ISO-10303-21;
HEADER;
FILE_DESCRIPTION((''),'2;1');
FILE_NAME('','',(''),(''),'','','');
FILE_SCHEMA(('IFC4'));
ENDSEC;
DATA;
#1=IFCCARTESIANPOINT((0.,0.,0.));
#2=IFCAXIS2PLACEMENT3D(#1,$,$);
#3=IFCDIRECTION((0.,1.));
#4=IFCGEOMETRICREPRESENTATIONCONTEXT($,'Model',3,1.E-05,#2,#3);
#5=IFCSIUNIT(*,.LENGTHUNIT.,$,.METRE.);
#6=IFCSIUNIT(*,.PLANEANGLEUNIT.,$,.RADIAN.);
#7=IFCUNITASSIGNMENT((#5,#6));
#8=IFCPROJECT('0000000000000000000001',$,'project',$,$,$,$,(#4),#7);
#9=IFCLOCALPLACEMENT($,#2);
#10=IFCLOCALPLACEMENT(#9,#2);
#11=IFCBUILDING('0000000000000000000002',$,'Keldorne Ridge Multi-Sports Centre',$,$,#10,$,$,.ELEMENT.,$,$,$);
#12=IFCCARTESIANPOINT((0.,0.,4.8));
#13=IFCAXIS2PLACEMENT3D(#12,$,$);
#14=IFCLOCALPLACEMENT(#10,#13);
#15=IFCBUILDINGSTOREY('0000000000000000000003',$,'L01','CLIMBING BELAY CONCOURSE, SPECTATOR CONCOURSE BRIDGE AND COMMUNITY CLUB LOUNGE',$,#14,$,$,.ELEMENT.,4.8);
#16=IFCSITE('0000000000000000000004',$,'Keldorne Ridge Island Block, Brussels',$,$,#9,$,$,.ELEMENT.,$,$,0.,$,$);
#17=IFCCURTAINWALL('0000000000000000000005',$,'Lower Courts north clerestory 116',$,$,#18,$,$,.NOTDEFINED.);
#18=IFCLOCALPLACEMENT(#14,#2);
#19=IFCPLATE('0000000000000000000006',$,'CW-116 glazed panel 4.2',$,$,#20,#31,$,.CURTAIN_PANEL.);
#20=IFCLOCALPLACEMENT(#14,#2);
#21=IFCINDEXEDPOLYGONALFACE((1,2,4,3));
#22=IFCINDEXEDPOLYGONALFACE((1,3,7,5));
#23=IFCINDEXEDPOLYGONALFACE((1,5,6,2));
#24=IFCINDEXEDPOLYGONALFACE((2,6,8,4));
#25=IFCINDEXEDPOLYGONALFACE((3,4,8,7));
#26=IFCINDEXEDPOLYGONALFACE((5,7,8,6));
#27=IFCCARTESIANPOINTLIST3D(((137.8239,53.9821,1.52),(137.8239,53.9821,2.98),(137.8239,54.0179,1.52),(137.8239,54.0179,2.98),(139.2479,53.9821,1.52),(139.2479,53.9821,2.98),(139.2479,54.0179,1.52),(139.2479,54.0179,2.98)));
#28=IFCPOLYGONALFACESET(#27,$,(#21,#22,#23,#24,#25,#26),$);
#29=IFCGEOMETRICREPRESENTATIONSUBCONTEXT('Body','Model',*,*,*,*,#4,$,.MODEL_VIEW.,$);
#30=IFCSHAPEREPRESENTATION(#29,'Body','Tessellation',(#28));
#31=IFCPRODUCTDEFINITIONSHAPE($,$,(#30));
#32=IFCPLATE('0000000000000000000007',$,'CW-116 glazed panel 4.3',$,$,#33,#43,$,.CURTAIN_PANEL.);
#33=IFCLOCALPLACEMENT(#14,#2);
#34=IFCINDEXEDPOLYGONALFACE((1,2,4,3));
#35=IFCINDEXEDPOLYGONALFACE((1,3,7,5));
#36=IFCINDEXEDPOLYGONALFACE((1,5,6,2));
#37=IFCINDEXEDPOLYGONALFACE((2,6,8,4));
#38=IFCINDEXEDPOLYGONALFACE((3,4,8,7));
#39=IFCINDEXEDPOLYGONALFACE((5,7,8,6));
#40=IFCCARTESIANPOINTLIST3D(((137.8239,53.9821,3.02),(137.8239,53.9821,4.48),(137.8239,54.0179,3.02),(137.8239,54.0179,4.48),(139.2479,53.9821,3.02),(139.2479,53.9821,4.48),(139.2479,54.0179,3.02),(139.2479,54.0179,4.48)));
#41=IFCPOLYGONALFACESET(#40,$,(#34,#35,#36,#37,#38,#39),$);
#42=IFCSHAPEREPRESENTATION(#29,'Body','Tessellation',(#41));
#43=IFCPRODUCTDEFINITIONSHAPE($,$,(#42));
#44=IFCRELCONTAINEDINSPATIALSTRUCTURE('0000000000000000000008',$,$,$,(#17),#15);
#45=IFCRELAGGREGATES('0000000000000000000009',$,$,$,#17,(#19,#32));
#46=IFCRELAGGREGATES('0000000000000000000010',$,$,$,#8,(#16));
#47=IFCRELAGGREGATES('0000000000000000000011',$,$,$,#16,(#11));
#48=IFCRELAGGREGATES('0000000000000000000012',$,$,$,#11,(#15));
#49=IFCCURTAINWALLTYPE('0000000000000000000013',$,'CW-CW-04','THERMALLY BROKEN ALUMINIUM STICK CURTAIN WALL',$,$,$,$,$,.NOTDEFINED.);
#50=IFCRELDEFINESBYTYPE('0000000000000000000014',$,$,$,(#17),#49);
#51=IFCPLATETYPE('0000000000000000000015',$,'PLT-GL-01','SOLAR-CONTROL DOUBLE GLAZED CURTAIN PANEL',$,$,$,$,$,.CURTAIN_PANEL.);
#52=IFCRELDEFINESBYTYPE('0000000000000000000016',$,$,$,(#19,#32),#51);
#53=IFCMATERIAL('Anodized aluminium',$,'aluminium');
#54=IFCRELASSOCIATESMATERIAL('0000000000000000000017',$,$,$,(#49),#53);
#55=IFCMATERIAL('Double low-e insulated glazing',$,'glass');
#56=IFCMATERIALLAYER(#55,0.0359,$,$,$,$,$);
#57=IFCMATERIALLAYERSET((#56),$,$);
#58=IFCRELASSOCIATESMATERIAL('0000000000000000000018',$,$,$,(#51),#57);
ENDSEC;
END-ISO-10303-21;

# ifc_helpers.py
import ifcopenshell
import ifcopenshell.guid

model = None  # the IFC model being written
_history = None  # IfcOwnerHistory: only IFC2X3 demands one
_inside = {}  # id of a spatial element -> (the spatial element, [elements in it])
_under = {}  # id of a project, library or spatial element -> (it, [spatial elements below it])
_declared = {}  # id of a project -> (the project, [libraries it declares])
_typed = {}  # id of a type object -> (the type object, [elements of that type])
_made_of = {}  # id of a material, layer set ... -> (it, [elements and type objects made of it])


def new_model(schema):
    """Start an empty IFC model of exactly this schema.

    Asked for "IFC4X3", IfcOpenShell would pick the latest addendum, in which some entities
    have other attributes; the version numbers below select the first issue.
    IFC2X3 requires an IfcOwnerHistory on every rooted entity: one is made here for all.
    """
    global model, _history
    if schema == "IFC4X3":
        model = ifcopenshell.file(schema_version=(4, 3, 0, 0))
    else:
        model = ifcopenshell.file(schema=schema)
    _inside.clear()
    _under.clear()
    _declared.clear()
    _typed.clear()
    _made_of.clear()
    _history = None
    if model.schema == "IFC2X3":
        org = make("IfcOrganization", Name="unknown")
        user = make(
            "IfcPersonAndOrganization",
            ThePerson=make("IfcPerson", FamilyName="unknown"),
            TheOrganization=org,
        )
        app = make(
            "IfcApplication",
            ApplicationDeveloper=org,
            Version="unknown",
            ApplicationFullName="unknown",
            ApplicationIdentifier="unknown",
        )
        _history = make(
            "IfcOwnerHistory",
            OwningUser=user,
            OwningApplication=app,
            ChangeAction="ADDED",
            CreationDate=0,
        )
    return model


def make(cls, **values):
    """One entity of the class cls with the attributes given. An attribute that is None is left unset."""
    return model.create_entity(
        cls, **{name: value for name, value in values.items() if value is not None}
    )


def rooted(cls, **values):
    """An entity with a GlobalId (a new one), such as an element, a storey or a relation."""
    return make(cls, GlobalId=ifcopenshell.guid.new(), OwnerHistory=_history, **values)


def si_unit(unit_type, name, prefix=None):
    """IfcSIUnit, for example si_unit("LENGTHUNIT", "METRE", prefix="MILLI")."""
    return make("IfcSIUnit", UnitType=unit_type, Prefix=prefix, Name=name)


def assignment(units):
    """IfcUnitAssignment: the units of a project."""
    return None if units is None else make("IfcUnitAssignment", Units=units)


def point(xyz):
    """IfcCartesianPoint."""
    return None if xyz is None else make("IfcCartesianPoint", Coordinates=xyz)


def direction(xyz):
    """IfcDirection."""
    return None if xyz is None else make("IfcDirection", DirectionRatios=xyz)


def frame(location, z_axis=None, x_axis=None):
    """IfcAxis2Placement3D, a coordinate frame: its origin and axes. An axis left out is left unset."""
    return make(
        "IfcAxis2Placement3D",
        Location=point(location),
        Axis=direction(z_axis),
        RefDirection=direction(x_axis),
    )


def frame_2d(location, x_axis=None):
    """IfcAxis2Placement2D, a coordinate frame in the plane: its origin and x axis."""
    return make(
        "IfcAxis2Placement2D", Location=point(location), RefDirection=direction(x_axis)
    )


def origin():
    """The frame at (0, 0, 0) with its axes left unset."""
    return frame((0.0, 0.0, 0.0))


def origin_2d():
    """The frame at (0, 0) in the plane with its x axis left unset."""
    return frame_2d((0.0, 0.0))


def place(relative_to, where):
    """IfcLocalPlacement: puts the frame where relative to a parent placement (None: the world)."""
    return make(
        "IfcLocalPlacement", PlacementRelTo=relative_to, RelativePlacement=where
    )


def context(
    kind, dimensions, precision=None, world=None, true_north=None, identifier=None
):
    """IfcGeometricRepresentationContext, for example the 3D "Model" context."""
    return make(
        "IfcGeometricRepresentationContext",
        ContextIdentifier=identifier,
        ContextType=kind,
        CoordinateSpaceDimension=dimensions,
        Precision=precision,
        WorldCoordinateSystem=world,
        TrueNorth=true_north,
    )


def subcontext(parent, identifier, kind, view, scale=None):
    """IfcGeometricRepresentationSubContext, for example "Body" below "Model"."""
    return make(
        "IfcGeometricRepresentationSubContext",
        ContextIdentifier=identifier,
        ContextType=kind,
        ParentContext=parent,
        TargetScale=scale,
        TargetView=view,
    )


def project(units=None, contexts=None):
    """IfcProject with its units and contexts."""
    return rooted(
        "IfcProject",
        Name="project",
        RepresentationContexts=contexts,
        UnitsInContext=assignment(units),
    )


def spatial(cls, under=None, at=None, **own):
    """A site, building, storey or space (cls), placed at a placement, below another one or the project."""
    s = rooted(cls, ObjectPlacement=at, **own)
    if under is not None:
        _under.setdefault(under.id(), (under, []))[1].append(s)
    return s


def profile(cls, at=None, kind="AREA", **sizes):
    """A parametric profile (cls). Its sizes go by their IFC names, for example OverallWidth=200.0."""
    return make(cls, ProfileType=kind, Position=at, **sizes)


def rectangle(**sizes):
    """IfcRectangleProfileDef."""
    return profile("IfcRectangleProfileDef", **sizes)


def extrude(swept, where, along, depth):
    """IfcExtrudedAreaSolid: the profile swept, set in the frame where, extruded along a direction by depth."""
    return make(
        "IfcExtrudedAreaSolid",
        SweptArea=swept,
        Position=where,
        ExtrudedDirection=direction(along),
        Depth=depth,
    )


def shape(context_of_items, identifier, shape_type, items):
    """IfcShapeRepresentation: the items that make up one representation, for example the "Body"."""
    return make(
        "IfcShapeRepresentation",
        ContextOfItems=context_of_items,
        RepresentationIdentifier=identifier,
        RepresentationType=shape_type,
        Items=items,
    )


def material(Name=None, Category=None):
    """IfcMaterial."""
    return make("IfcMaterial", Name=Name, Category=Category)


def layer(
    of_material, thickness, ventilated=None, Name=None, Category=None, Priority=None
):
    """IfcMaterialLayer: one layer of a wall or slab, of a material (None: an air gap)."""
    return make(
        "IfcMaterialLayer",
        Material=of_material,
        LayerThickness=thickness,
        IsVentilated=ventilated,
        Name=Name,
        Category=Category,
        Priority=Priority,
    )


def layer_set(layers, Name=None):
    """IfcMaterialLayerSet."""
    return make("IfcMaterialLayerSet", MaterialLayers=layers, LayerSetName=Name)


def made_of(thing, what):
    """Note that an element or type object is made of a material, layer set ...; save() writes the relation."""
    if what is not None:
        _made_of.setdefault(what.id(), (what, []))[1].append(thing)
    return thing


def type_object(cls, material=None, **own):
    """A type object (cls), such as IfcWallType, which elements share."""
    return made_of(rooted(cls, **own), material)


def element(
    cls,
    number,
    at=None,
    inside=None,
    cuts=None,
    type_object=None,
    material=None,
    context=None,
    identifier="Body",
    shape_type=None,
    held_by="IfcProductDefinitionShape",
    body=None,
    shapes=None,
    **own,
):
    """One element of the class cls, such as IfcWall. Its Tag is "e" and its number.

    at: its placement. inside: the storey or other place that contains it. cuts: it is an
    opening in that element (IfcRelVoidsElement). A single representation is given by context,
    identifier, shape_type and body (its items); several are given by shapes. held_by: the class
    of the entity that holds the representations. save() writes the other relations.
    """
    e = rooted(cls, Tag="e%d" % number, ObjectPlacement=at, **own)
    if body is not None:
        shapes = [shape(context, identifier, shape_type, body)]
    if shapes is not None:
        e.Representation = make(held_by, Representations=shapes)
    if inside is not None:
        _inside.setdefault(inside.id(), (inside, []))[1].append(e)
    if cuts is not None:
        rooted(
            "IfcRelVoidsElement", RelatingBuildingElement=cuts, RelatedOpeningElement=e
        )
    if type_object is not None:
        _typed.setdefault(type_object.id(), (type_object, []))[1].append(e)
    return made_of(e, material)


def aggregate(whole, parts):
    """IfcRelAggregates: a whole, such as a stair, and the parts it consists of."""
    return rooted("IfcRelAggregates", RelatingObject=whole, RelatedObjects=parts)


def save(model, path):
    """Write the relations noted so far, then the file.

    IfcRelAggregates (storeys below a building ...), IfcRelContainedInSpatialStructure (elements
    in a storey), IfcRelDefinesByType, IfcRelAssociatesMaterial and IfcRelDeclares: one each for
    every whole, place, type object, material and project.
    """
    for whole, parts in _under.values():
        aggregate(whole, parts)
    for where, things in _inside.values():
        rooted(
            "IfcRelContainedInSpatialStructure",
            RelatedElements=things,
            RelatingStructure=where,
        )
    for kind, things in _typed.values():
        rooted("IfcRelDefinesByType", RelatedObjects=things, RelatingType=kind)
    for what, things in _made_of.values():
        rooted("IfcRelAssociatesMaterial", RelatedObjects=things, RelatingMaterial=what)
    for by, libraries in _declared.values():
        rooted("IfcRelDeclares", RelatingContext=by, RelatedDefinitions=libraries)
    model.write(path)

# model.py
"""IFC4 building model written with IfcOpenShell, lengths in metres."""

from ifc_helpers import new_model, si_unit, direction, frame, origin, origin_2d, place, context, subcontext, project, spatial, rectangle, extrude, material, layer, layer_set, type_object, element, aggregate, save


model = new_model("IFC4")

# Units and contexts
model_context = context("Model", 3, precision=1e-05, world=origin(), true_north=direction((0.0, 1.0)))
body_context = subcontext(model_context, "Body", "Model", "MODEL_VIEW")
ifc_project = project(units=[si_unit("LENGTHUNIT", "METRE"), si_unit("PLANEANGLEUNIT", "RADIAN")], contexts=[model_context])

# Site, building, storey
site_placement = place(None, origin())
site = spatial("IfcSite", under=ifc_project, at=site_placement, Name="Keldorne Ridge Island Block, Brussels", CompositionType="ELEMENT", RefElevation=0.0)
building_placement = place(site_placement, origin())
building = spatial("IfcBuilding", under=site, at=building_placement, Name="Keldorne Ridge Multi-Sports Centre", CompositionType="ELEMENT")
storey_placement = place(building_placement, frame((0.0, 0.0, 4.8)))
storey = spatial("IfcBuildingStorey", under=building, at=storey_placement, Name="L01", Description="CLIMBING BELAY CONCOURSE, SPECTATOR CONCOURSE BRIDGE AND COMMUNITY CLUB LOUNGE", CompositionType="ELEMENT", Elevation=4.8)

# Curtain wall
ifc_material_1 = material(Name="Anodized aluminium", Category="aluminium")
curtain_wall_type = type_object("IfcCurtainWallType", Name="CW-CW-04", Description="THERMALLY BROKEN ALUMINIUM STICK CURTAIN WALL", PredefinedType="NOTDEFINED", material=ifc_material_1)
curtain_wall_placement = place(storey_placement, origin())
curtain_wall = element("IfcCurtainWall", 1, at=curtain_wall_placement, inside=storey, type_object=curtain_wall_type, Name="Lower Courts north clerestory 116", PredefinedType="NOTDEFINED")

# Plates
ifc_material_2 = material(Name="Double low-e insulated glazing", Category="glass")
ifc_layer = layer(ifc_material_2, 0.0359)
ifc_layer_set = layer_set([ifc_layer])
plate_type = type_object("IfcPlateType", Name="PLT-GL-01", Description="SOLAR-CONTROL DOUBLE GLAZED CURTAIN PANEL", PredefinedType="CURTAIN_PANEL", material=ifc_layer_set)
plate_1_placement = place(storey_placement, frame((138.5359, 54.0, 1.52), z_axis=(0.0, 0.0, 1.0), x_axis=(-1.0, 0.0, 0.0)))
plate_1 = element("IfcPlate", 2, at=plate_1_placement, type_object=plate_type, Name="CW-116 glazed panel 4.2", PredefinedType="CURTAIN_PANEL", context=body_context, shape_type="SweptSolid", body=[
    extrude(rectangle(XDim=1.4241, YDim=0.0359, at=origin_2d()), origin(), (0.0, 0.0, 1.0), 1.46),
])
plate_2_placement = place(storey_placement, frame((138.5359, 54.0, 3.02), z_axis=(0.0, 0.0, 1.0), x_axis=(-1.0, 0.0, 0.0)))
plate_2 = element("IfcPlate", 3, at=plate_2_placement, type_object=plate_type, Name="CW-116 glazed panel 4.3", PredefinedType="CURTAIN_PANEL", context=body_context, shape_type="SweptSolid", body=[
    extrude(rectangle(XDim=1.4241, YDim=0.0359, at=origin_2d()), origin(), (0.0, 0.0, 1.0), 1.46),
])
aggregate(curtain_wall, [plate_1, plate_2])

save(model, "model.ifc")
